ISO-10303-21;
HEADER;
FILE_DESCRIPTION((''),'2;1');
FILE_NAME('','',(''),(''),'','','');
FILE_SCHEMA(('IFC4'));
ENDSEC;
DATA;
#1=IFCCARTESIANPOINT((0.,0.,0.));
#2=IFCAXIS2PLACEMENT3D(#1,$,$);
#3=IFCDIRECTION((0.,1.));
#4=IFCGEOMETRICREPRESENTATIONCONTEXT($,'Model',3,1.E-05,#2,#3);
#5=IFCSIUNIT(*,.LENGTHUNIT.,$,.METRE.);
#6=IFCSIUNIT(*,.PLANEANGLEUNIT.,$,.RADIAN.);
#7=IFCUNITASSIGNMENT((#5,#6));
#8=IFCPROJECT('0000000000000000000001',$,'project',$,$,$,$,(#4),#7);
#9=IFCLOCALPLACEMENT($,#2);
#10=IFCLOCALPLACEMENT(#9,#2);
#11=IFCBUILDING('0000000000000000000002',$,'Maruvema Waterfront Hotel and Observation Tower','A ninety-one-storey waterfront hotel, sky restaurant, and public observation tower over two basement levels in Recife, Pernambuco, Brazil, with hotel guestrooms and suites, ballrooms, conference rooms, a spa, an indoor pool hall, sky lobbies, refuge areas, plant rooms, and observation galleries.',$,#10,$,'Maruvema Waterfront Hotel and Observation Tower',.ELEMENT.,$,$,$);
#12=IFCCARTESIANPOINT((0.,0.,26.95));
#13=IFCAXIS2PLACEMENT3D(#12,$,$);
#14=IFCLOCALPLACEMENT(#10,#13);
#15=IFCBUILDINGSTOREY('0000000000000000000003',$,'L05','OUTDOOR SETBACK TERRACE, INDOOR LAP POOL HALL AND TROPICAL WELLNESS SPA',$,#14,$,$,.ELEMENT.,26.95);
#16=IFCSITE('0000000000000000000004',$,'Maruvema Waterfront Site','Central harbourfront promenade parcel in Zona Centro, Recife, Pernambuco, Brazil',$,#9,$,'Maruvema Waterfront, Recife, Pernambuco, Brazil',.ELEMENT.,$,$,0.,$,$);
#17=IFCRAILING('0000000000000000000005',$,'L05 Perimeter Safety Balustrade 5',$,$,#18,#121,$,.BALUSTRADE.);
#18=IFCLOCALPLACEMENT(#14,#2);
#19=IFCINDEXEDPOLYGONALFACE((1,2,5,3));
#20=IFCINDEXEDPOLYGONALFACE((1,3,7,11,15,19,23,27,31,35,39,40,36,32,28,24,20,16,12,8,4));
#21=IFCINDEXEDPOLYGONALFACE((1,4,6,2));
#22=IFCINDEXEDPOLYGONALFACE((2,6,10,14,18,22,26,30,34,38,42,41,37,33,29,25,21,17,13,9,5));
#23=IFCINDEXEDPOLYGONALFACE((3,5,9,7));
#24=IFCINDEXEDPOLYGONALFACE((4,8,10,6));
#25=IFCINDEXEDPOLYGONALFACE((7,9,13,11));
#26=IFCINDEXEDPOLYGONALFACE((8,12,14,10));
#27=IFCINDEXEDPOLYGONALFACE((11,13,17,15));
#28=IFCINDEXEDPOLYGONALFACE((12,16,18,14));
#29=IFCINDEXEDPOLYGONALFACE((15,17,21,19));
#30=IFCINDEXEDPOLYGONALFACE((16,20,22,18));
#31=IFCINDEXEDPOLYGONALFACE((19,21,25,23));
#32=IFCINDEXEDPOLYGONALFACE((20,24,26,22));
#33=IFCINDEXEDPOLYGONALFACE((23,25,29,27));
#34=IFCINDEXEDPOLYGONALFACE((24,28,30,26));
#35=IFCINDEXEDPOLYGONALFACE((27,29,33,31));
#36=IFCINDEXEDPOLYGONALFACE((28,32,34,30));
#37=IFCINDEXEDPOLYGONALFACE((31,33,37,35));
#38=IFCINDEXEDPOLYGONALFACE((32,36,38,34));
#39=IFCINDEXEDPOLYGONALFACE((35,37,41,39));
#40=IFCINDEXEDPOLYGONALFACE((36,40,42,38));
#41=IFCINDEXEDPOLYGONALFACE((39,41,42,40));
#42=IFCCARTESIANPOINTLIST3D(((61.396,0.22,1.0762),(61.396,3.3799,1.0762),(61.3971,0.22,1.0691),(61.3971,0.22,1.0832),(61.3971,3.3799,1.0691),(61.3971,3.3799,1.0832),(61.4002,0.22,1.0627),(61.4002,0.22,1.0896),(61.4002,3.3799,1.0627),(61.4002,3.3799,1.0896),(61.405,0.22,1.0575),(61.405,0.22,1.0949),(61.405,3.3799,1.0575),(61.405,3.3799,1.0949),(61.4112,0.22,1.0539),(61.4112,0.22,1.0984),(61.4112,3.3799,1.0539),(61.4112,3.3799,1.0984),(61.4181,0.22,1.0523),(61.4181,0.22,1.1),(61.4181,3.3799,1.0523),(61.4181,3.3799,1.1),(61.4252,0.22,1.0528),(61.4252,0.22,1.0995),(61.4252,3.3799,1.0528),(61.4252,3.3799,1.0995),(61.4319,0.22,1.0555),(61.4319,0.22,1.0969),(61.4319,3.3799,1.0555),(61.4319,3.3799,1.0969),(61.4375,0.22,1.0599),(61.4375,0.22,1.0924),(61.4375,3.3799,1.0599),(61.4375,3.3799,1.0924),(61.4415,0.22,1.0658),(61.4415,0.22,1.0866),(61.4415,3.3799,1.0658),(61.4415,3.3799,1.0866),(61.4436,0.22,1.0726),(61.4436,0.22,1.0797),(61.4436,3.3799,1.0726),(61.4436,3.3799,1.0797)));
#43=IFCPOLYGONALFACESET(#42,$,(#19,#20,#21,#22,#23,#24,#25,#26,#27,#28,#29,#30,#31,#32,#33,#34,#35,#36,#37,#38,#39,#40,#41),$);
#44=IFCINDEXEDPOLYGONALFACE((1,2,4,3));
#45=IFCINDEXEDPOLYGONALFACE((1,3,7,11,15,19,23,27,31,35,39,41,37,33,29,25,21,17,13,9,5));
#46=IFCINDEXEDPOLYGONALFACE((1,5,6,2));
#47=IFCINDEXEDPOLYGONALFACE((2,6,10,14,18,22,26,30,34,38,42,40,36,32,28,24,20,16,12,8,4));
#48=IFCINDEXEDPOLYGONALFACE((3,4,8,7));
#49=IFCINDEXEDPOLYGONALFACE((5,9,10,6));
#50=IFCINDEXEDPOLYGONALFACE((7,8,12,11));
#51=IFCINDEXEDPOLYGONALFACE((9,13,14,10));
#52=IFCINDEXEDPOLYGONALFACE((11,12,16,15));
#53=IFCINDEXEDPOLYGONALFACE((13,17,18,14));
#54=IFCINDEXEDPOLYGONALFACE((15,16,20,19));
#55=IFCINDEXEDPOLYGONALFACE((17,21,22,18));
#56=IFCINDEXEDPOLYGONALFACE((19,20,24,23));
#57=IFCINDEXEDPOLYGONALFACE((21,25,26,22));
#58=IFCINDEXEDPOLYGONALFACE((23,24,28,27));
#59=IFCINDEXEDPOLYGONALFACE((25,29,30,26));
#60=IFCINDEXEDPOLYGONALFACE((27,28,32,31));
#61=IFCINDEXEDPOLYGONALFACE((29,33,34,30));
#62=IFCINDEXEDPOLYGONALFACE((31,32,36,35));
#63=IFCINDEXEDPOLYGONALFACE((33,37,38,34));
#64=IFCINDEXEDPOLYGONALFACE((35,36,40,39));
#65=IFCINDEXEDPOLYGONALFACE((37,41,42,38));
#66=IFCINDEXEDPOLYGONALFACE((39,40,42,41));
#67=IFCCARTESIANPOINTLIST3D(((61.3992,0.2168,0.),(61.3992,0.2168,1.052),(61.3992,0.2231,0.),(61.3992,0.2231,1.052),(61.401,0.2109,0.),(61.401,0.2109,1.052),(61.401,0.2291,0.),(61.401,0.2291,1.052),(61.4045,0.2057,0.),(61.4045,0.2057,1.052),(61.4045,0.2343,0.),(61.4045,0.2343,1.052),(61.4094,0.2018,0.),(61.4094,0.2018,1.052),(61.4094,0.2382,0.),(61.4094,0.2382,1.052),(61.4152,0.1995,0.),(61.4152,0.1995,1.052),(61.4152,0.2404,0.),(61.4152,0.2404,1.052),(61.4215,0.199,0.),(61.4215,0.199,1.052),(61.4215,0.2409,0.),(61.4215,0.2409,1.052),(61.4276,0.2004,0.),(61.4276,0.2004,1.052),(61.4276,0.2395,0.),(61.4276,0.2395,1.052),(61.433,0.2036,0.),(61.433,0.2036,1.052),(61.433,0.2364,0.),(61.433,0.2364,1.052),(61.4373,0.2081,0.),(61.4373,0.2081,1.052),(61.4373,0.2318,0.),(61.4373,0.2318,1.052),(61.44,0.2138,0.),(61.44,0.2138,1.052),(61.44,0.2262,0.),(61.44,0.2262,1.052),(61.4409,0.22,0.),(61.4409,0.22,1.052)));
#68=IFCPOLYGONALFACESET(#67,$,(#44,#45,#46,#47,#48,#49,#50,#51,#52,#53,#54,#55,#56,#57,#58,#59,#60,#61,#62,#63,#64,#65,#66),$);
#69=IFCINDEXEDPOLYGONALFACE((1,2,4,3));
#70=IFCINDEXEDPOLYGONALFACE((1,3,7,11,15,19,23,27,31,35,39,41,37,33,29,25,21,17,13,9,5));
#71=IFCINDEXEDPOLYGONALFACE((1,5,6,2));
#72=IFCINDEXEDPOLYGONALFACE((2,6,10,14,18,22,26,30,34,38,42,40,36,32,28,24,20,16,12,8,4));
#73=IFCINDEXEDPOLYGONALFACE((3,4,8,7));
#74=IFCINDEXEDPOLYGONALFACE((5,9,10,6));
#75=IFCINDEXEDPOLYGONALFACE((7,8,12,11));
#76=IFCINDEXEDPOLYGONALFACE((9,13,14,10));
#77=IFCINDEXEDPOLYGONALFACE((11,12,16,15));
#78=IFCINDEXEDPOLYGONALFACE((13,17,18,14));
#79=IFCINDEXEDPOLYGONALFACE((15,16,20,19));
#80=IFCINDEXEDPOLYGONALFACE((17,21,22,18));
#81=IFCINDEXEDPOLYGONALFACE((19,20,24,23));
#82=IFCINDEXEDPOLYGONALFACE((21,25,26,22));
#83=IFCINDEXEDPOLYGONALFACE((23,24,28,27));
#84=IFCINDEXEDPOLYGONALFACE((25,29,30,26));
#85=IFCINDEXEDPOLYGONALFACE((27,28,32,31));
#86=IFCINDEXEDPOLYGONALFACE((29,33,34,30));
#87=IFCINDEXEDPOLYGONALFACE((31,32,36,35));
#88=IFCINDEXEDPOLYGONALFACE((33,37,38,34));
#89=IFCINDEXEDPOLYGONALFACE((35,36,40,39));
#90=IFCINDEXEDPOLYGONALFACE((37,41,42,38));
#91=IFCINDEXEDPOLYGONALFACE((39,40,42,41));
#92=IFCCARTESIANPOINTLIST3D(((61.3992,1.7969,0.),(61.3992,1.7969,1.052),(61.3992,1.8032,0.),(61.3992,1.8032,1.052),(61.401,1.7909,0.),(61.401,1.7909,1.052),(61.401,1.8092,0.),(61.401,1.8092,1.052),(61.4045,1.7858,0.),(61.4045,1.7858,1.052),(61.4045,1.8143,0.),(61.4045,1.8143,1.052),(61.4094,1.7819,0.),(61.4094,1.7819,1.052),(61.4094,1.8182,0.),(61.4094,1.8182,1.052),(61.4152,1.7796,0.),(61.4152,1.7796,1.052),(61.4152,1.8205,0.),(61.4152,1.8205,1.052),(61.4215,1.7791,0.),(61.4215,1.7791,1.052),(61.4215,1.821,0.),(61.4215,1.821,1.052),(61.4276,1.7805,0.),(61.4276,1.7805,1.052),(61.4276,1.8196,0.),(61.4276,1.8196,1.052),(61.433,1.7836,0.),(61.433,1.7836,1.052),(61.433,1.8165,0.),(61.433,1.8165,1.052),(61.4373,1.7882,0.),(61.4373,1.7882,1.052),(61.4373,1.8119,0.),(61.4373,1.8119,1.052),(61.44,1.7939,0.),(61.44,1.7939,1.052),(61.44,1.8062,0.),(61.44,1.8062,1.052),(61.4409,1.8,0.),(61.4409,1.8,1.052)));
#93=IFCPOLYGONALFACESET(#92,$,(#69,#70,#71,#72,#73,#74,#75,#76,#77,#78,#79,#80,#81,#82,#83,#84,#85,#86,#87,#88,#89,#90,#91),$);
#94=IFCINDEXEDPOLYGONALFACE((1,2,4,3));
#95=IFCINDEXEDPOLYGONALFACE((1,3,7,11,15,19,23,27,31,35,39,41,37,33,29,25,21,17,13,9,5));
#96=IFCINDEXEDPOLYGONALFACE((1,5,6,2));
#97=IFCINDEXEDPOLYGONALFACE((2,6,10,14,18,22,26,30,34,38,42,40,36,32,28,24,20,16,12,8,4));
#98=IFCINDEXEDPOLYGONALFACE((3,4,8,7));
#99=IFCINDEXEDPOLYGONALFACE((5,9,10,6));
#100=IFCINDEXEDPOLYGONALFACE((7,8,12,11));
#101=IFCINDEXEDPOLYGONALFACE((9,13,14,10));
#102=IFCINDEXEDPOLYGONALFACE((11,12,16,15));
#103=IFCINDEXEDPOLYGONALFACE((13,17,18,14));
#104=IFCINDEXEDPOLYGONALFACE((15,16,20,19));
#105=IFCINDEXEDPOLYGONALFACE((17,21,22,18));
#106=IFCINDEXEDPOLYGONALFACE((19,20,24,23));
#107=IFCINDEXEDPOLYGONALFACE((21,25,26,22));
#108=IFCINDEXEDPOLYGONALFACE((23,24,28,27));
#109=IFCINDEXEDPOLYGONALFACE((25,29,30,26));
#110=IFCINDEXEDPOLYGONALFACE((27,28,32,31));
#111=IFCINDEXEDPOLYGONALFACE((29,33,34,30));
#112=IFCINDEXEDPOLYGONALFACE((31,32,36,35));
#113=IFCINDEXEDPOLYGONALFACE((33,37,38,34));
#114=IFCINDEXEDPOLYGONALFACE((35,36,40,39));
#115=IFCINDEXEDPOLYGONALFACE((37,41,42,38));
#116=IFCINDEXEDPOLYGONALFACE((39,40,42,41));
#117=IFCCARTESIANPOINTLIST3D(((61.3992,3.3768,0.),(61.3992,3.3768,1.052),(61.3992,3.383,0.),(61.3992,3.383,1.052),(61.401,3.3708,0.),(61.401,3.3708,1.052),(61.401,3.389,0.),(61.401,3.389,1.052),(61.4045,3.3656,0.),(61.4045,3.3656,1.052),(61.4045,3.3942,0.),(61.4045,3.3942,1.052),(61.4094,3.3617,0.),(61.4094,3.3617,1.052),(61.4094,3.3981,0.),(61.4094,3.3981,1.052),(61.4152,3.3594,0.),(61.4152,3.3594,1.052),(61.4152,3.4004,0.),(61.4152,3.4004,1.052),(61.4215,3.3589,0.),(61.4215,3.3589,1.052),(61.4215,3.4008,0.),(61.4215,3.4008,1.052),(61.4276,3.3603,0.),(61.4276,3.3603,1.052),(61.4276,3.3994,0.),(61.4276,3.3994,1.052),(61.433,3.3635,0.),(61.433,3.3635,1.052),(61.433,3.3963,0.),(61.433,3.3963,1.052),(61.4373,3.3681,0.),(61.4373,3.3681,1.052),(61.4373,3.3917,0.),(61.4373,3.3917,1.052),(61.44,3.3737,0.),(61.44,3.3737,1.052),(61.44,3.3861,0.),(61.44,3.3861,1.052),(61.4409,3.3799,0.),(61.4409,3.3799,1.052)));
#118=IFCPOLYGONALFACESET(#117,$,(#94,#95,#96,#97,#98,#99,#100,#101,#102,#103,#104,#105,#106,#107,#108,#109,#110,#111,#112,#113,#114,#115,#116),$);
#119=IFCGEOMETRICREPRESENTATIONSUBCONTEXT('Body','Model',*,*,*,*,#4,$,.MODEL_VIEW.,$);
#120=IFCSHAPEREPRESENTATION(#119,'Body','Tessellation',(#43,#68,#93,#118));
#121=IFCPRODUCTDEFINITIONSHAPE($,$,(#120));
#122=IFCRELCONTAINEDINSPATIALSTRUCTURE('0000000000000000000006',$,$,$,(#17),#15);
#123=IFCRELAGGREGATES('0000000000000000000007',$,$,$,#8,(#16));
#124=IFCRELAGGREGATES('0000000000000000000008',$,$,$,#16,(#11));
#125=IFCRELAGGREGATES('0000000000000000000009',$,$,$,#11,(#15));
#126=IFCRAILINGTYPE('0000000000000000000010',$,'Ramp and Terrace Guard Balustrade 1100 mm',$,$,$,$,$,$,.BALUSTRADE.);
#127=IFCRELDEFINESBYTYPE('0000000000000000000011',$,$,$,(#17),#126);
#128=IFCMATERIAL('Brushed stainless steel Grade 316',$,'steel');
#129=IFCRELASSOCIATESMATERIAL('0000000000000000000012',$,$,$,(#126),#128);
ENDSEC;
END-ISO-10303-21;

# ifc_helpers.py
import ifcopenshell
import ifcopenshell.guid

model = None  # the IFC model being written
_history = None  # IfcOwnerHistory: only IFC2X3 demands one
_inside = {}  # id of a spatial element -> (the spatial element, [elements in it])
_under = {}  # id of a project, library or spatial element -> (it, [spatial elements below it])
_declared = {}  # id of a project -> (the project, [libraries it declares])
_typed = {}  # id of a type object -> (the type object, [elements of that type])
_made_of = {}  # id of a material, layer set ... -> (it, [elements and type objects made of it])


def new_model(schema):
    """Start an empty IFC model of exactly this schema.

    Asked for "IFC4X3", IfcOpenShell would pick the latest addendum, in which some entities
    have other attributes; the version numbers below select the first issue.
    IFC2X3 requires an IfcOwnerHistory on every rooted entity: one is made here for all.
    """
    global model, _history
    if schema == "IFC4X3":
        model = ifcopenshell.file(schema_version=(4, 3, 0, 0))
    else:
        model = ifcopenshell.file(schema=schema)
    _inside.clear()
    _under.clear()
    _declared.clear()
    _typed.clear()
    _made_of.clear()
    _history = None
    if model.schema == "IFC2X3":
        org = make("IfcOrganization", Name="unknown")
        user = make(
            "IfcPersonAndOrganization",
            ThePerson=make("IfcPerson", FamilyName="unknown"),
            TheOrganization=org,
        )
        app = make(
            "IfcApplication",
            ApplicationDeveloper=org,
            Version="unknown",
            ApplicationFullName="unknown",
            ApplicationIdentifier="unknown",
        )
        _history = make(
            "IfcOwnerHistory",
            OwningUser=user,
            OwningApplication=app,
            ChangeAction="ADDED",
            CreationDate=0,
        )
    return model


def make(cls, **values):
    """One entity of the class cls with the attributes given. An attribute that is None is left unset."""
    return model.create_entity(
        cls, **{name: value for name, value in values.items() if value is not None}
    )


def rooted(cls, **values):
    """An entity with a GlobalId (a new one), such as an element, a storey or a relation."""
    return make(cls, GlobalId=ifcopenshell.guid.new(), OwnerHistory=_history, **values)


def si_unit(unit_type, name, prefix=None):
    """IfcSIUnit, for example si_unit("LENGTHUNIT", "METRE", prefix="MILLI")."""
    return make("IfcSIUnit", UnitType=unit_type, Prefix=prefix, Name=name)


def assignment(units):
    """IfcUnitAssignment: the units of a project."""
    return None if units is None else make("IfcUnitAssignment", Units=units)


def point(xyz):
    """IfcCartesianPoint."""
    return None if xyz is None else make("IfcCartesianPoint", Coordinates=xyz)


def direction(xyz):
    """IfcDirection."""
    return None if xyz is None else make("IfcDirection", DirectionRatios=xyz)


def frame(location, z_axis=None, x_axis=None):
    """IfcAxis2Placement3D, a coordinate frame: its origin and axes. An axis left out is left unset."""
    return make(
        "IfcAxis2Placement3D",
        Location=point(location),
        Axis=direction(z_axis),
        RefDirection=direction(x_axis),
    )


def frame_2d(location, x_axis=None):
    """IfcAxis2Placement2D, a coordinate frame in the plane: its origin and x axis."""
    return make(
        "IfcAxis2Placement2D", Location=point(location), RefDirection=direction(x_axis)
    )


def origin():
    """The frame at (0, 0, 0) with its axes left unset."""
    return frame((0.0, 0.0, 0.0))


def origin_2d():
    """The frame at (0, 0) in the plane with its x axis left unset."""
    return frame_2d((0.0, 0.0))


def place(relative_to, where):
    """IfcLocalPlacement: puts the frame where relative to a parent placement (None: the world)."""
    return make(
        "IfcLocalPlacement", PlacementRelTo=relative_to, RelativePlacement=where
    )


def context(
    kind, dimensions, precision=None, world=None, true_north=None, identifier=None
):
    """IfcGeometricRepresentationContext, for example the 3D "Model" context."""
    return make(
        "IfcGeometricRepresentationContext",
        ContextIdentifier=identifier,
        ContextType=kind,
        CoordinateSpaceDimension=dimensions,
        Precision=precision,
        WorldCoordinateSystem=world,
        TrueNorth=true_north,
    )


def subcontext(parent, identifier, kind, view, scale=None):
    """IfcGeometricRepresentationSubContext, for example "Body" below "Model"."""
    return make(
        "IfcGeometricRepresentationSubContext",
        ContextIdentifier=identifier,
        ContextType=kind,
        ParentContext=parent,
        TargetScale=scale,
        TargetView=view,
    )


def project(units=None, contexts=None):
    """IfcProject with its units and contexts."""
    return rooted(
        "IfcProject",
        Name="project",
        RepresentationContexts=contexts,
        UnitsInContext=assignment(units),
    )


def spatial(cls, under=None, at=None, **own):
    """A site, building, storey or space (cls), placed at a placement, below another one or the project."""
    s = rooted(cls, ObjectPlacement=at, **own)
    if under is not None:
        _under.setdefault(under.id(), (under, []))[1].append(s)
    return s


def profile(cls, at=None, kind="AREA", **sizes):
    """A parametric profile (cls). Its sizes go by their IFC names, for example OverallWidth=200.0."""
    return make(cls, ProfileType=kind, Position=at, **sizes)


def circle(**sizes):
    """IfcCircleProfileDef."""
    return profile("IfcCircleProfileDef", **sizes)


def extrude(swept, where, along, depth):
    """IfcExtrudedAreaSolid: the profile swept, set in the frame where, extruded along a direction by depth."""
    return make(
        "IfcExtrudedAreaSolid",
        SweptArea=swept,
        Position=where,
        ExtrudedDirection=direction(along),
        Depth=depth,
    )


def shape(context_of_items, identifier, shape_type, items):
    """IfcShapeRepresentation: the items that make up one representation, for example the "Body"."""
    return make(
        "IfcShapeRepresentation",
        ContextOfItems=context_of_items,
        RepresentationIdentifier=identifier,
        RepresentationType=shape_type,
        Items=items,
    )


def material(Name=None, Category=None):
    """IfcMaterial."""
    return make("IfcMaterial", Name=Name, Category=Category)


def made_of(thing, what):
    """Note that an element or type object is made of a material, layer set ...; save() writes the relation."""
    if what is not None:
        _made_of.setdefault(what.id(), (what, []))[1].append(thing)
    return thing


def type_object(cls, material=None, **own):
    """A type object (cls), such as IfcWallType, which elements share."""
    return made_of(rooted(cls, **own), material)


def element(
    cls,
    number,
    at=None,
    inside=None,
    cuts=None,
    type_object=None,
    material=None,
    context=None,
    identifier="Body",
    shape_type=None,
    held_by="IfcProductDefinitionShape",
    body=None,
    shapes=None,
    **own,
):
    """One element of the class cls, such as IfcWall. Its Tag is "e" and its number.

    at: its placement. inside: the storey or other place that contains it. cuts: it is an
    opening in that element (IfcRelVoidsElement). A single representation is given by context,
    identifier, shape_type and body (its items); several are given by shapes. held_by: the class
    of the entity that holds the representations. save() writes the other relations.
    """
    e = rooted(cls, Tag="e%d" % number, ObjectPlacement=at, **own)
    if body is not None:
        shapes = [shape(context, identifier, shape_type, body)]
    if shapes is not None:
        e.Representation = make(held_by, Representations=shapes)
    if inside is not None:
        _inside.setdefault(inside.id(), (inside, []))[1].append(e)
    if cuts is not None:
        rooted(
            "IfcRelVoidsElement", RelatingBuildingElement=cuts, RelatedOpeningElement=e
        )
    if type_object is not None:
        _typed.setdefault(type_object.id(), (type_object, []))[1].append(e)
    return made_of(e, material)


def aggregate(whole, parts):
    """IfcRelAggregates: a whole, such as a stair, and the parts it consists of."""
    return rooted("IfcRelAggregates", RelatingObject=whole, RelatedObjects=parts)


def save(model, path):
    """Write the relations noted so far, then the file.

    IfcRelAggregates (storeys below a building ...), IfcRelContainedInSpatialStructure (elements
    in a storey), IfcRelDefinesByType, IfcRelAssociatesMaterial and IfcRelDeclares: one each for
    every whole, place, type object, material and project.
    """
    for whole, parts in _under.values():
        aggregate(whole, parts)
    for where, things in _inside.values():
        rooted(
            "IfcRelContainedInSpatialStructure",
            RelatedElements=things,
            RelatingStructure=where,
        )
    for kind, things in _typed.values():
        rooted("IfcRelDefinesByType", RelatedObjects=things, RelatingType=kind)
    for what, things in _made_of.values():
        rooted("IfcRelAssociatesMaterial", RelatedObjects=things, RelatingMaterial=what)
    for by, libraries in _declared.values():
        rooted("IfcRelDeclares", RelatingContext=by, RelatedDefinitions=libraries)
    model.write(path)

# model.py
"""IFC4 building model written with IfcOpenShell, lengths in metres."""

from ifc_helpers import new_model, si_unit, direction, frame, origin, origin_2d, place, context, subcontext, project, spatial, circle, extrude, material, type_object, element, save


model = new_model("IFC4")

# Units and contexts
model_context = context("Model", 3, precision=1e-05, world=origin(), true_north=direction((0.0, 1.0)))
body_context = subcontext(model_context, "Body", "Model", "MODEL_VIEW")
ifc_project = project(units=[si_unit("LENGTHUNIT", "METRE"), si_unit("PLANEANGLEUNIT", "RADIAN")], contexts=[model_context])

# Site, building, storey
site_placement = place(None, origin())
site = spatial("IfcSite", under=ifc_project, at=site_placement, Name="Maruvema Waterfront Site", Description="Central harbourfront promenade parcel in Zona Centro, Recife, Pernambuco, Brazil", LongName="Maruvema Waterfront, Recife, Pernambuco, Brazil", CompositionType="ELEMENT", RefElevation=0.0)
building_placement = place(site_placement, origin())
building = spatial("IfcBuilding", under=site, at=building_placement, Name="Maruvema Waterfront Hotel and Observation Tower", Description="A ninety-one-storey waterfront hotel, sky restaurant, and public observation tower over two basement levels in Recife, Pernambuco, Brazil, with hotel guestrooms and suites, ballrooms, conference rooms, a spa, an indoor pool hall, sky lobbies, refuge areas, plant rooms, and observation galleries.", LongName="Maruvema Waterfront Hotel and Observation Tower", CompositionType="ELEMENT")
storey_placement = place(building_placement, frame((0.0, 0.0, 26.95)))
storey = spatial("IfcBuildingStorey", under=building, at=storey_placement, Name="L05", Description="OUTDOOR SETBACK TERRACE, INDOOR LAP POOL HALL AND TROPICAL WELLNESS SPA", CompositionType="ELEMENT", Elevation=26.95)

# Railing
ifc_material_1 = material(Name="Brushed stainless steel Grade 316", Category="steel")
railing_type = type_object("IfcRailingType", Name="Ramp and Terrace Guard Balustrade 1100 mm", PredefinedType="BALUSTRADE", material=ifc_material_1)
railing_1_placement = place(storey_placement, frame((61.4199, 0.22, 0.0)))
element("IfcRailing", 1, at=railing_1_placement, inside=storey, type_object=railing_type, Name="L05 Perimeter Safety Balustrade 5", PredefinedType="BALUSTRADE", context=body_context, shape_type="SweptSolid", body=[
    extrude(circle(Radius=0.0239, at=origin_2d()), frame((0.0, 0.0, 1.0762), z_axis=(0.0, 1.0, 0.0), x_axis=(-1.0, 0.0, 0.0)), (0.0, 0.0, 1.0), 3.1599),
    extrude(circle(Radius=0.021, at=origin_2d()), origin(), (0.0, 0.0, 1.0), 1.052),
    extrude(circle(Radius=0.021, at=origin_2d()), frame((0.0, 1.5801, 0.0)), (0.0, 0.0, 1.0), 1.052),
    extrude(circle(Radius=0.021, at=origin_2d()), frame((0.0, 3.1599, 0.0)), (0.0, 0.0, 1.0), 1.052),
])

save(model, "model.ifc")
